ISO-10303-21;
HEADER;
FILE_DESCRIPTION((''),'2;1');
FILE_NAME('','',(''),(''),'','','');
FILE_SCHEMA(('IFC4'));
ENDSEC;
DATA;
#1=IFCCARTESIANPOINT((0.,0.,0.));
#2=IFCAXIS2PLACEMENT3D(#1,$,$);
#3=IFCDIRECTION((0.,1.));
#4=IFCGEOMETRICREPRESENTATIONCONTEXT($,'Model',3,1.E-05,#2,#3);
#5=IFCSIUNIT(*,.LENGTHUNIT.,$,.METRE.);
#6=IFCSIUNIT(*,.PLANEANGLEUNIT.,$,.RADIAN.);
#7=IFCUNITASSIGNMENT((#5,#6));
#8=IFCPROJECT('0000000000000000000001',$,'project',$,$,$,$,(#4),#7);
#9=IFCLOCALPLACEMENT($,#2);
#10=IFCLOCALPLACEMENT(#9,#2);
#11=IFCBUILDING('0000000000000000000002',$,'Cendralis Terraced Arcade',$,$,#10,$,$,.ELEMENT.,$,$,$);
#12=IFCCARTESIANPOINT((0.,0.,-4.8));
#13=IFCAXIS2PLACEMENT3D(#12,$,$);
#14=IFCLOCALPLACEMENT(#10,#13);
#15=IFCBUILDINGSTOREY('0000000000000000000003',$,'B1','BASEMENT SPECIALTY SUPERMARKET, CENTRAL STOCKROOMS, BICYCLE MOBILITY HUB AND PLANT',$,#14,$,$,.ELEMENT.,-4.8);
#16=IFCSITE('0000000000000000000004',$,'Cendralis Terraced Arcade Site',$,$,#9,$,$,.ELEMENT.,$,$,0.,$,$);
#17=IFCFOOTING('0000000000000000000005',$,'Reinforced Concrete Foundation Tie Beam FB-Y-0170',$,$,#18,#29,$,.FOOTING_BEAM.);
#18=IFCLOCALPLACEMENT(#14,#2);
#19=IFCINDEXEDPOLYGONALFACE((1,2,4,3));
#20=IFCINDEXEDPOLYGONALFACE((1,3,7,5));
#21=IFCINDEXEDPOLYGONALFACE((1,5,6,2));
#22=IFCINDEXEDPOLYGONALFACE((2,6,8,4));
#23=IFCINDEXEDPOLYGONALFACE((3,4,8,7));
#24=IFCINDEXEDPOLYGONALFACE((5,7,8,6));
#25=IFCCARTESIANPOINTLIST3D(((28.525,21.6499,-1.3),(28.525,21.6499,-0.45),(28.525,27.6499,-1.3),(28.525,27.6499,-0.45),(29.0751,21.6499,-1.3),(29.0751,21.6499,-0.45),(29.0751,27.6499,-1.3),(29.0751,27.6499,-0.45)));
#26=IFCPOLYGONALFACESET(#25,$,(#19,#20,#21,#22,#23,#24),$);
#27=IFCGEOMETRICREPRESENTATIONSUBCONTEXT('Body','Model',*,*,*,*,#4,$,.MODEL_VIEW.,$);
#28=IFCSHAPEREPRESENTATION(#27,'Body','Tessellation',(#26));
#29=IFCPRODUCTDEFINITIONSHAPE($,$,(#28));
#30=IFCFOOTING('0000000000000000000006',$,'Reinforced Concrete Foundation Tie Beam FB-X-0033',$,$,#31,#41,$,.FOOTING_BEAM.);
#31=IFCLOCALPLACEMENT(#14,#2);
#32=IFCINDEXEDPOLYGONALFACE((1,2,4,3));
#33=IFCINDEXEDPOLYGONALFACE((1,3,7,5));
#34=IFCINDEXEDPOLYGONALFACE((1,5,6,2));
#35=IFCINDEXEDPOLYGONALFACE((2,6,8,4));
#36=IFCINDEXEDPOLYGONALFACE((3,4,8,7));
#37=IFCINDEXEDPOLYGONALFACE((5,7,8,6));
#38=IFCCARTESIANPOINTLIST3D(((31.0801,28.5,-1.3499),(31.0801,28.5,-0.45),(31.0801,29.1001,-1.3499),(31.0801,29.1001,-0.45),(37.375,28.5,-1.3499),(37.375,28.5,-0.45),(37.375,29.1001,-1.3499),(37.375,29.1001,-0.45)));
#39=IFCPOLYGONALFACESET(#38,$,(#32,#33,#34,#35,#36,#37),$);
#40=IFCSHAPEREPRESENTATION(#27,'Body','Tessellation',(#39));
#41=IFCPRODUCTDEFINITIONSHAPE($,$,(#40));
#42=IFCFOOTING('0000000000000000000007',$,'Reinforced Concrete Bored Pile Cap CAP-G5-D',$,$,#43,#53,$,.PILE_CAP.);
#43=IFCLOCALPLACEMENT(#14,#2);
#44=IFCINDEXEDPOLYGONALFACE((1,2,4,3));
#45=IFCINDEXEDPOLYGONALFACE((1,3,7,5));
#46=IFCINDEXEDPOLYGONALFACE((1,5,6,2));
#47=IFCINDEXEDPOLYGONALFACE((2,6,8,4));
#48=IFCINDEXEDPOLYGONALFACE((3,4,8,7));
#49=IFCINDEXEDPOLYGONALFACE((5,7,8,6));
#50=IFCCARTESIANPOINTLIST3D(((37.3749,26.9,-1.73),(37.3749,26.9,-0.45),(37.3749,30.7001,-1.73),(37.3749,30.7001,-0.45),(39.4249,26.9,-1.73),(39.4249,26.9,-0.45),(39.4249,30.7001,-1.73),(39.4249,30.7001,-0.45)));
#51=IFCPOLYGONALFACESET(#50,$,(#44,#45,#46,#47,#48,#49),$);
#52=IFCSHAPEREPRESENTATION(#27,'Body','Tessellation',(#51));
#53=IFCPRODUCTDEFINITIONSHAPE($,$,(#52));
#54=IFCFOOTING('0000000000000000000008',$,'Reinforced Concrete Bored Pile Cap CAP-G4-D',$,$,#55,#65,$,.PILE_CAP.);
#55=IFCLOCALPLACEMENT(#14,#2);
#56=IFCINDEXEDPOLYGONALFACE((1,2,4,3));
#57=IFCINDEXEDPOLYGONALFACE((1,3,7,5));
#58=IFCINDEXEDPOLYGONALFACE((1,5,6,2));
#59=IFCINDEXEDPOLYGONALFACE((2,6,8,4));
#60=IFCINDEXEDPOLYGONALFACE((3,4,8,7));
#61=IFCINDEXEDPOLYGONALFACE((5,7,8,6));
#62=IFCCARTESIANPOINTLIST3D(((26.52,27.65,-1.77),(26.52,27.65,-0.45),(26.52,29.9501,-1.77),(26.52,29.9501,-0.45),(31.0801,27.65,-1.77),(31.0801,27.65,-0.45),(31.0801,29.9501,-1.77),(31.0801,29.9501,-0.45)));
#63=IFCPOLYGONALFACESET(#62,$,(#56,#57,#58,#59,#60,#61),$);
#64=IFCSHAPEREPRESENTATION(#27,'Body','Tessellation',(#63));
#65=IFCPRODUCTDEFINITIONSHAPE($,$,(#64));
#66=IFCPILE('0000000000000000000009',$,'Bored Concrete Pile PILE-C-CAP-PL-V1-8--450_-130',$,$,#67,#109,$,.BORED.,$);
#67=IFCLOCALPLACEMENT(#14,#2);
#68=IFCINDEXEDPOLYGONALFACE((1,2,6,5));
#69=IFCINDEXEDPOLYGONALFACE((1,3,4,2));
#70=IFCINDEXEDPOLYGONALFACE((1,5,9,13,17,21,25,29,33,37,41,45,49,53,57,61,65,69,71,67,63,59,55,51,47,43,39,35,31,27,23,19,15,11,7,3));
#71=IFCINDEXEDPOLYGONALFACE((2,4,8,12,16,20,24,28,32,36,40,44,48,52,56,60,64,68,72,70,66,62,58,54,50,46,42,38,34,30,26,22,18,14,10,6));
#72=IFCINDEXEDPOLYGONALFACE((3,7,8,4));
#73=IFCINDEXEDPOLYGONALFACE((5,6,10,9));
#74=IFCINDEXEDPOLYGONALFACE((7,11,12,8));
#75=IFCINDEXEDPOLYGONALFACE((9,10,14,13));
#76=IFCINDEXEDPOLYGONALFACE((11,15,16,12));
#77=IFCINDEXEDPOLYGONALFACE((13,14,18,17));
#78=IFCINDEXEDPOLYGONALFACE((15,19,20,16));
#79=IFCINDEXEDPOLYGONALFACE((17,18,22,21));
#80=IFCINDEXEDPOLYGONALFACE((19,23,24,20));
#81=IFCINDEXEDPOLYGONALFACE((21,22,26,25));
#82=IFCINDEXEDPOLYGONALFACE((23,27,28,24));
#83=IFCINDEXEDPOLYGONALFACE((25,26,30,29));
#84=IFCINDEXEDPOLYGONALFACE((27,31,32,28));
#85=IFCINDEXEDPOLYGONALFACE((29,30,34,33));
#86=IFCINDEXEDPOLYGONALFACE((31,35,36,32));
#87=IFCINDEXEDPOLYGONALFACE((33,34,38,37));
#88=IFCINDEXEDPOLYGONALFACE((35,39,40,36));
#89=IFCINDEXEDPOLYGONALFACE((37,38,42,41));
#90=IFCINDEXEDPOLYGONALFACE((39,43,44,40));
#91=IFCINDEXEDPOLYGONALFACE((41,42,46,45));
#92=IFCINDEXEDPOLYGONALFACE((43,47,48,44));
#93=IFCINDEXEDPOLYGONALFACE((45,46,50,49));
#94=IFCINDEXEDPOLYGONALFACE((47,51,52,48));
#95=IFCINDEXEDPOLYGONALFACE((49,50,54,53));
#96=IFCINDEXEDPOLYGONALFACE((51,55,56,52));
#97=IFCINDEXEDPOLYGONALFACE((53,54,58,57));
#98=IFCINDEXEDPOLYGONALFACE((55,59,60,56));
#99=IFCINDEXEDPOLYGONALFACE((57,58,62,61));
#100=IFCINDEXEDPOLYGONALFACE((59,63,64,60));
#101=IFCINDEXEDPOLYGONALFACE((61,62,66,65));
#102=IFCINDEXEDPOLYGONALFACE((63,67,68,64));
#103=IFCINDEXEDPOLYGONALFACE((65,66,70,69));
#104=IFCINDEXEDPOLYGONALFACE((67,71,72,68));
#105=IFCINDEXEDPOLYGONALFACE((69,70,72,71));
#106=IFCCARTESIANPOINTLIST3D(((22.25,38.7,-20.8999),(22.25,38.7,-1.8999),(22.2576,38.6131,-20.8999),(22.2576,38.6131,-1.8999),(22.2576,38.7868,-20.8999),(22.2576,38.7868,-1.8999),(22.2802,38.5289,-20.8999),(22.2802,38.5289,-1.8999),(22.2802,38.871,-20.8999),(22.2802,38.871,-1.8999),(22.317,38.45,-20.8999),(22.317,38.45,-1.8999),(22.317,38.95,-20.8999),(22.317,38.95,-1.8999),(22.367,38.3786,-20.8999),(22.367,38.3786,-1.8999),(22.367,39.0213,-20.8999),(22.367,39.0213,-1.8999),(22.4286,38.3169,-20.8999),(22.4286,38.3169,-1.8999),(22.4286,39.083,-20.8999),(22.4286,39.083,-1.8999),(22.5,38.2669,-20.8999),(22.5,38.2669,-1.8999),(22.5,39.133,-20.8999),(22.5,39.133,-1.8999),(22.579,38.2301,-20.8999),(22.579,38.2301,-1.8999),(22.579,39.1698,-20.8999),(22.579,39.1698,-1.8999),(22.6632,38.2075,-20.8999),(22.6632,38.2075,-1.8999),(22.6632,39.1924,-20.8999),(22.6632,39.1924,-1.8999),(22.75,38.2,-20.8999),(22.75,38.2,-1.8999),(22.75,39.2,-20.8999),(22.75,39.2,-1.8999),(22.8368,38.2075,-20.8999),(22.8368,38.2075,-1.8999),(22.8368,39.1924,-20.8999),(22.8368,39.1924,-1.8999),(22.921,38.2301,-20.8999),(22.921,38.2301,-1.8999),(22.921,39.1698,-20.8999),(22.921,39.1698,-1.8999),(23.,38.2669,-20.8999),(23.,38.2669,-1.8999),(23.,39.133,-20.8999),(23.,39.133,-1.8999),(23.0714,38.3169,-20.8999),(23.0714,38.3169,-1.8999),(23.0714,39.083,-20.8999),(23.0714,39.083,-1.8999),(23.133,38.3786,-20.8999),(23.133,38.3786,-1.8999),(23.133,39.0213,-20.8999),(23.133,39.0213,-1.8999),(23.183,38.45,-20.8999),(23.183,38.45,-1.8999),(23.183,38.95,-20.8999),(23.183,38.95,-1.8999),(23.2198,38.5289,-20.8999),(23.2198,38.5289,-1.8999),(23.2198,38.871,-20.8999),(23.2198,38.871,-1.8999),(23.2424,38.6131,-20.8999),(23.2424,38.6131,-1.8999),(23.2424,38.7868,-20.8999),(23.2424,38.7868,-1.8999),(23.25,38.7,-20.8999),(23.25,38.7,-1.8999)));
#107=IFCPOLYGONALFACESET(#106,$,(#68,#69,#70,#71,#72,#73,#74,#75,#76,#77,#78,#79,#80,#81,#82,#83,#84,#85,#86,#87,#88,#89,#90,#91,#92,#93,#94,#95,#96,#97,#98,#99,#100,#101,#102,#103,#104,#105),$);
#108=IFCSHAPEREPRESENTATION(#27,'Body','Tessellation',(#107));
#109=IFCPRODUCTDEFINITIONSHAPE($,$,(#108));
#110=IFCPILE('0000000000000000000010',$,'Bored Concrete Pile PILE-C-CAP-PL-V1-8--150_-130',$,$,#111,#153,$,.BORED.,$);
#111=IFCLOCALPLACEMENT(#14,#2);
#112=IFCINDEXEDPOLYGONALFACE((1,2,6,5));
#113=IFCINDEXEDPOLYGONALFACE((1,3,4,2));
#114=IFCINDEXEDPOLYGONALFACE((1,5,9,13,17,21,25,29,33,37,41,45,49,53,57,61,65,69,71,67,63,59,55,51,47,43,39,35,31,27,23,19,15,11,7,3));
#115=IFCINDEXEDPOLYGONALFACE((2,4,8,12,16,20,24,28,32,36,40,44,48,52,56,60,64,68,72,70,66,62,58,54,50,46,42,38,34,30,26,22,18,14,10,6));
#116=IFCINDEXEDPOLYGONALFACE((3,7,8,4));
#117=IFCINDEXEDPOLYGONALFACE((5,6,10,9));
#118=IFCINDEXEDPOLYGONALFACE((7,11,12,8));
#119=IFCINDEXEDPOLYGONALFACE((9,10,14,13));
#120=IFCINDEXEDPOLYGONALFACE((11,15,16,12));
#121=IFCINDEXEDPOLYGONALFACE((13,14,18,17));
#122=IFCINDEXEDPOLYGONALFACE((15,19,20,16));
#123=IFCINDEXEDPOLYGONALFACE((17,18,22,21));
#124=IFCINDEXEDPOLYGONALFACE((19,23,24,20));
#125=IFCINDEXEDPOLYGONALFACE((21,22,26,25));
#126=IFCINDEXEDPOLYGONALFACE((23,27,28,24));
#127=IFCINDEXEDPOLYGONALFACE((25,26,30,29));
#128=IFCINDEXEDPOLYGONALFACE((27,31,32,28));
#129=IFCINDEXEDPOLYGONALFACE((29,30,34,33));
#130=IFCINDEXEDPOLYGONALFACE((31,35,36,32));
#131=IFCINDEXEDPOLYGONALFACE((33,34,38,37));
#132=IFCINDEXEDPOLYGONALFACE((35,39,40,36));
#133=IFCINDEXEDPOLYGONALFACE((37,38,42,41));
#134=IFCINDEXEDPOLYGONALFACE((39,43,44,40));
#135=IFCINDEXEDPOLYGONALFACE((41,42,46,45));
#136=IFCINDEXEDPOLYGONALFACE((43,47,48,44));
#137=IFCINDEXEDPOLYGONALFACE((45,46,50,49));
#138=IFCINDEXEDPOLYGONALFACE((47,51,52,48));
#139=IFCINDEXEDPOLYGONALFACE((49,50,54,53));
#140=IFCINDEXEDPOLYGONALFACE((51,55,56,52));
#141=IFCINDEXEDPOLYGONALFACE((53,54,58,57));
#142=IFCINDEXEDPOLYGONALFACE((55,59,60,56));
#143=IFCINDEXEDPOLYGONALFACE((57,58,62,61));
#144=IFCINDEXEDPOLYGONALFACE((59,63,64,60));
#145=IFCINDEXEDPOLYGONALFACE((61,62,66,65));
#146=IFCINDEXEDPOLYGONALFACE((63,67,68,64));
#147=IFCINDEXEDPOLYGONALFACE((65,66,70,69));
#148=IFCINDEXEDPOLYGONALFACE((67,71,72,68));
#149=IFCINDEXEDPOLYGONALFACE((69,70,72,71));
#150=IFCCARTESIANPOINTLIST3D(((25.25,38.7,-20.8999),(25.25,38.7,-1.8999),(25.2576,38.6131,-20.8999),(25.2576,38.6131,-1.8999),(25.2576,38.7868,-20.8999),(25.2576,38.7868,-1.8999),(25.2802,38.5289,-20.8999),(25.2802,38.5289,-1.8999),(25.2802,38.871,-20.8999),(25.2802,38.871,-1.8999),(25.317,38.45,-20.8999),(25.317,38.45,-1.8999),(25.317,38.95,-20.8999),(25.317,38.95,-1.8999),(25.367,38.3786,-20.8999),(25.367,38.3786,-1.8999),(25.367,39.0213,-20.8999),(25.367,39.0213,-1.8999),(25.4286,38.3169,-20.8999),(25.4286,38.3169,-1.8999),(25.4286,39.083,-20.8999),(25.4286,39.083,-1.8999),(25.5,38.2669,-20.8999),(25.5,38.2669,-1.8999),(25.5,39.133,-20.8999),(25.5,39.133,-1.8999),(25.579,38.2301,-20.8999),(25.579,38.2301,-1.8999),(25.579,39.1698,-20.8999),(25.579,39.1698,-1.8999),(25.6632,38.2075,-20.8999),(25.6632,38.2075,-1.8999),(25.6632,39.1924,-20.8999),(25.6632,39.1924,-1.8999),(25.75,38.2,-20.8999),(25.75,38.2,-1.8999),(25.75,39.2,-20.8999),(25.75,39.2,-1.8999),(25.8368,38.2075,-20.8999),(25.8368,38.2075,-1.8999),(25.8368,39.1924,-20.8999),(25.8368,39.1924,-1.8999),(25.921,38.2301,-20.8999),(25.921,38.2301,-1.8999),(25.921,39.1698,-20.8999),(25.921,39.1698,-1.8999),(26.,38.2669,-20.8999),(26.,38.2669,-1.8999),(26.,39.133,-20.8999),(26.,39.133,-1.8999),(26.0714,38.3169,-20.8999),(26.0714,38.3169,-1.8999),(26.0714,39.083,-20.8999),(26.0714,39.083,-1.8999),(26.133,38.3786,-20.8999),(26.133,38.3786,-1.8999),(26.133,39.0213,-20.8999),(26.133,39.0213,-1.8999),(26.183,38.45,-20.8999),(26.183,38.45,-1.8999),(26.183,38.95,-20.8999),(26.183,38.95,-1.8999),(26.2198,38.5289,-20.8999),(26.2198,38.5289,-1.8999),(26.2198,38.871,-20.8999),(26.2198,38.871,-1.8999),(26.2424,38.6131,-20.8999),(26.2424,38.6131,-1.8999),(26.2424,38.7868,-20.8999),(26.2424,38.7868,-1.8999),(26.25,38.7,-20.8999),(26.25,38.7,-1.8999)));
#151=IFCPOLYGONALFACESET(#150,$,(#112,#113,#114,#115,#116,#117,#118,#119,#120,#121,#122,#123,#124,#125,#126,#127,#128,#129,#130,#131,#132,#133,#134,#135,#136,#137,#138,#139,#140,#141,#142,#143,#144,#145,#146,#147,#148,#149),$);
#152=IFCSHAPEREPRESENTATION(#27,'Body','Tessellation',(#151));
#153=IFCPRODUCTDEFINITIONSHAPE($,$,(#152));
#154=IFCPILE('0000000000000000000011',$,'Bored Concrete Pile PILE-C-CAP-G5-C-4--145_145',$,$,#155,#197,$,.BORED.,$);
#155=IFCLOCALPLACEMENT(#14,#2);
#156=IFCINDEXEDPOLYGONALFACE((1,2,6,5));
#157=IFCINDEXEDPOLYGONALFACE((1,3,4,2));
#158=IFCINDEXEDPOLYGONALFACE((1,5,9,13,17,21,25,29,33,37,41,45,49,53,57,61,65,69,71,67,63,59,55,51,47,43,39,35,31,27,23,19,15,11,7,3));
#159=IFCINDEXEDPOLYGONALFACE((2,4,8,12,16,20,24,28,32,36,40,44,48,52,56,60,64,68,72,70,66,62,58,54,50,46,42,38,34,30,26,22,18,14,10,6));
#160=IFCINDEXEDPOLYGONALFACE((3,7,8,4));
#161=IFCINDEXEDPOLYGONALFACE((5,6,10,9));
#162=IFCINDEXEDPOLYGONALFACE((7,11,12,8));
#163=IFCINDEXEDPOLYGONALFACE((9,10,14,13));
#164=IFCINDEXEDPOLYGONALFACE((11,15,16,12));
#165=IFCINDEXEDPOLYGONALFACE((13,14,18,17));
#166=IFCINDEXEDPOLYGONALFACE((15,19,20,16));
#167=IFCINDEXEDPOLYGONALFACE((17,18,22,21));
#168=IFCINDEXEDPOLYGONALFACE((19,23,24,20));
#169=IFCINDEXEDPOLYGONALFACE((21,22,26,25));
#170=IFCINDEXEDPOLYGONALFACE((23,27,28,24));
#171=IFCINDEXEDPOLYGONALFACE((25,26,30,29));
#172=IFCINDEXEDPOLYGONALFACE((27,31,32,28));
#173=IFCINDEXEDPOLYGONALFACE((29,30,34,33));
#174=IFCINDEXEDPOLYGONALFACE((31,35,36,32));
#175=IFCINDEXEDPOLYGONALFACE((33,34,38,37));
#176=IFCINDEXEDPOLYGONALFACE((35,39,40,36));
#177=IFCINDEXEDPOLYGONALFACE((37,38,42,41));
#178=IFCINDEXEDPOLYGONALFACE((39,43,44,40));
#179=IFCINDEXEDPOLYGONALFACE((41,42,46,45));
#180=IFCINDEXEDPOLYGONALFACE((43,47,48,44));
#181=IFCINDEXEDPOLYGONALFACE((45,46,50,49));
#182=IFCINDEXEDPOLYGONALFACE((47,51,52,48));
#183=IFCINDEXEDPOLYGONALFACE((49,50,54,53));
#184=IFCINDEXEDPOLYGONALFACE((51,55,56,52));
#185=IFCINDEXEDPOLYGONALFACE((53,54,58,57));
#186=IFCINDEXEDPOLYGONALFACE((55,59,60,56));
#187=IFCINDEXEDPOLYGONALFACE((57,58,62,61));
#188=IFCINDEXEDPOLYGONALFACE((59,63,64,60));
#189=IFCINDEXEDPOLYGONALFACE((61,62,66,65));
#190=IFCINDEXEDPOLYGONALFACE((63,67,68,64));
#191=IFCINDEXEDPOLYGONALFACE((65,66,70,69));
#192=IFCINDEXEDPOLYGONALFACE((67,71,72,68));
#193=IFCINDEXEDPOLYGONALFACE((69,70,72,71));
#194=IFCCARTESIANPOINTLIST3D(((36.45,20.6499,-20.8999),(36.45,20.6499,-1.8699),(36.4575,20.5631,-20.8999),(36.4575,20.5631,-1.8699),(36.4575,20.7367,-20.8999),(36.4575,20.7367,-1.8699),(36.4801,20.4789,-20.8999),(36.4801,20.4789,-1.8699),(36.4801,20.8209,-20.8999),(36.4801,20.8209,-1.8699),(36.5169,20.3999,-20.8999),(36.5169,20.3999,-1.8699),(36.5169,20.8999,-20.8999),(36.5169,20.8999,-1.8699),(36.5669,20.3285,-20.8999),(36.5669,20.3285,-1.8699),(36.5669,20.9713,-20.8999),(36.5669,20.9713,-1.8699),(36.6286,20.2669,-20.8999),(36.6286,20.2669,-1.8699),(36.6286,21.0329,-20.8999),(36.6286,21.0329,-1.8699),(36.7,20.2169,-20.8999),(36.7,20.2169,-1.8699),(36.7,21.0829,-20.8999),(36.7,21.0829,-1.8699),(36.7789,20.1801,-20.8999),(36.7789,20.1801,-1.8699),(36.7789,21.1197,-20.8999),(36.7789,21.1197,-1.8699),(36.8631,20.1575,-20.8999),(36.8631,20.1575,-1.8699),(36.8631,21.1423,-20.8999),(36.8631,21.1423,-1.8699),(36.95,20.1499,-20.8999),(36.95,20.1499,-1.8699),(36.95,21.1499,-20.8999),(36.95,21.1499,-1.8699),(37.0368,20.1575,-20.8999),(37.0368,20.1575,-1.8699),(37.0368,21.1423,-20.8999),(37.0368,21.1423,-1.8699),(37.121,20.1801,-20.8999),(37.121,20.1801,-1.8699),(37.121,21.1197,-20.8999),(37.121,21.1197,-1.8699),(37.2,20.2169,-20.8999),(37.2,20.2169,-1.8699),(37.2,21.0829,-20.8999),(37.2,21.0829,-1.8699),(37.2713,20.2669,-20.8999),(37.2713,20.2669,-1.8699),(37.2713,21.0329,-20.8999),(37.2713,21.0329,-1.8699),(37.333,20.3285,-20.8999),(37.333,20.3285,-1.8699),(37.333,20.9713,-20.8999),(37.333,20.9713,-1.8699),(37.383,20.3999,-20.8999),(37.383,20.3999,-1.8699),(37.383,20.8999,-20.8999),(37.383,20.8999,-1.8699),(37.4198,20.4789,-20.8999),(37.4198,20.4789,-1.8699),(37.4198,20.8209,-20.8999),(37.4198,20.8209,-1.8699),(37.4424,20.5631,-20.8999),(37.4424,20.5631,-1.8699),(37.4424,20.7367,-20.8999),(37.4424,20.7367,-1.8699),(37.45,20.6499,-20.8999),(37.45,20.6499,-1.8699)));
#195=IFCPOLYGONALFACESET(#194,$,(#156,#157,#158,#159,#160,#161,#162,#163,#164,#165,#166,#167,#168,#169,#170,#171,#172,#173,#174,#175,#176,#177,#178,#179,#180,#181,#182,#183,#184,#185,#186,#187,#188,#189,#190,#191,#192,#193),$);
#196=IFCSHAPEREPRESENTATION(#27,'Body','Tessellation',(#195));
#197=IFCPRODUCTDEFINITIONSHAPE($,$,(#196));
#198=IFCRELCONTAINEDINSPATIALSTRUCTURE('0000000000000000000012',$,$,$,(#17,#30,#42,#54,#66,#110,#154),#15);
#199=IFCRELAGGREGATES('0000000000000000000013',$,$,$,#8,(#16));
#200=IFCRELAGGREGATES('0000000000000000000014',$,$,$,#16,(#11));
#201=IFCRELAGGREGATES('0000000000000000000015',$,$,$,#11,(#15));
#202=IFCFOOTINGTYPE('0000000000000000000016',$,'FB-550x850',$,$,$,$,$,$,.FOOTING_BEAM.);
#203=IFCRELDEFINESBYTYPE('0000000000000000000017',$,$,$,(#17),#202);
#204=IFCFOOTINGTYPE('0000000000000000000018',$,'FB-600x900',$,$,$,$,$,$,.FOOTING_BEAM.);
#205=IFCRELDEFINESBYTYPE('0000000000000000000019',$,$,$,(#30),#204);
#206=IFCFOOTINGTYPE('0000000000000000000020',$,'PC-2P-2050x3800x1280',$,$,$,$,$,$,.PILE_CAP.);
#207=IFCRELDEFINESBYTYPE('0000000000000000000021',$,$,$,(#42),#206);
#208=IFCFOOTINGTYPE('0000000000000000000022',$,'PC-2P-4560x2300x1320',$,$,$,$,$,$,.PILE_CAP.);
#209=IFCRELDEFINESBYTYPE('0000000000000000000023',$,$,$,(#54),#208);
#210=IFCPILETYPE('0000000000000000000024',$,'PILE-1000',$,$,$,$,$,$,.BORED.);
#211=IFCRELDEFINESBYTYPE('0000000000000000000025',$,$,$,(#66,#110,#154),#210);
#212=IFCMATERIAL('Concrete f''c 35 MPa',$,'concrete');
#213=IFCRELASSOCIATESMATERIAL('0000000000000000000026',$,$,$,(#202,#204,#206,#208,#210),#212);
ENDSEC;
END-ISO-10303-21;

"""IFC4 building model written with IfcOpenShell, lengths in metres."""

from ifc_helpers import new_model, si_unit, direction, frame, origin, origin_2d, place, context, subcontext, project, spatial, rectangle, circle, extrude, material, material_profile, profile_set, type_object, element, save


model = new_model("IFC4")

# Units and contexts
model_context = context("Model", 3, precision=1e-05, world=origin(), true_north=direction((0.0, 1.0)))
body_context = subcontext(model_context, "Body", "Model", "MODEL_VIEW")
ifc_project = project(units=[si_unit("LENGTHUNIT", "METRE"), si_unit("PLANEANGLEUNIT", "RADIAN")], contexts=[model_context])

# Site, building, storey
site_placement = place(None, origin())
site = spatial("IfcSite", under=ifc_project, at=site_placement, Name="Cendralis Terraced Arcade Site", CompositionType="ELEMENT", RefElevation=0.0)
building_placement = place(site_placement, origin())
building = spatial("IfcBuilding", under=site, at=building_placement, Name="Cendralis Terraced Arcade", CompositionType="ELEMENT")
storey_placement = place(building_placement, frame((0.0, 0.0, -4.8)))
storey = spatial("IfcBuildingStorey", under=building, at=storey_placement, Name="B1", Description="BASEMENT SPECIALTY SUPERMARKET, CENTRAL STOCKROOMS, BICYCLE MOBILITY HUB AND PLANT", CompositionType="ELEMENT", Elevation=-4.8)

# Footings
ifc_material_1 = material(Name="Concrete f'c 35 MPa", Category="concrete")
ifc_material_profile_1 = material_profile(ifc_material_1, rectangle(XDim=0.55, YDim=0.8501, at=origin_2d()), Name="FB-550x850", Category="LoadBearing")
ifc_profile_set_1 = profile_set([ifc_material_profile_1], Name="Concrete f'c 35 MPa")
footing_type_1 = type_object("IfcFootingType", Name="FB-550x850", PredefinedType="FOOTING_BEAM", material=ifc_profile_set_1)
footing_1_placement = place(storey_placement, frame((28.8, 21.6499, -0.875), z_axis=(0.0, 1.0, 0.0), x_axis=(-1.0, 0.0, 0.0)))
element("IfcFooting", 1, at=footing_1_placement, inside=storey, type_object=footing_type_1, Name="Reinforced Concrete Foundation Tie Beam FB-Y-0170", PredefinedType="FOOTING_BEAM", context=body_context, shape_type="SweptSolid", body=[
    extrude(rectangle(XDim=0.55, YDim=0.8501, at=origin_2d()), origin(), (0.0, 0.0, 1.0), 6.0),
])
ifc_material_profile_2 = material_profile(ifc_material_1, rectangle(XDim=0.6001, YDim=0.8999, at=origin_2d()), Name="FB-600x900", Category="LoadBearing")
ifc_profile_set_2 = profile_set([ifc_material_profile_2], Name="Concrete f'c 35 MPa")
footing_type_2 = type_object("IfcFootingType", Name="FB-600x900", PredefinedType="FOOTING_BEAM", material=ifc_profile_set_2)
footing_2_placement = place(storey_placement, frame((31.0801, 28.8, -0.8999), z_axis=(1.0, 0.0, 0.0), x_axis=(0.0, 1.0, 0.0)))
element("IfcFooting", 2, at=footing_2_placement, inside=storey, type_object=footing_type_2, Name="Reinforced Concrete Foundation Tie Beam FB-X-0033", PredefinedType="FOOTING_BEAM", context=body_context, shape_type="SweptSolid", body=[
    extrude(rectangle(XDim=0.6001, YDim=0.8999, at=origin_2d()), origin(), (0.0, 0.0, 1.0), 6.2949),
])
footing_type_3 = type_object("IfcFootingType", Name="PC-2P-2050x3800x1280", PredefinedType="PILE_CAP", material=ifc_material_1)
footing_3_placement = place(storey_placement, frame((38.3999, 28.8, -1.73), z_axis=(0.0, 0.0, 1.0), x_axis=(1.0, 0.0, 0.0)))
element("IfcFooting", 3, at=footing_3_placement, inside=storey, type_object=footing_type_3, Name="Reinforced Concrete Bored Pile Cap CAP-G5-D", PredefinedType="PILE_CAP", context=body_context, shape_type="SweptSolid", body=[
    extrude(rectangle(XDim=2.05, YDim=3.8, at=origin_2d()), origin(), (0.0, 0.0, 1.0), 1.28),
])
footing_type_4 = type_object("IfcFootingType", Name="PC-2P-4560x2300x1320", PredefinedType="PILE_CAP", material=ifc_material_1)
footing_4_placement = place(storey_placement, frame((28.8, 28.8, -1.77), z_axis=(0.0, 0.0, 1.0), x_axis=(1.0, 0.0, 0.0)))
element("IfcFooting", 4, at=footing_4_placement, inside=storey, type_object=footing_type_4, Name="Reinforced Concrete Bored Pile Cap CAP-G4-D", PredefinedType="PILE_CAP", context=body_context, shape_type="SweptSolid", body=[
    extrude(rectangle(XDim=4.5601, YDim=2.3, at=origin_2d()), origin(), (0.0, 0.0, 1.0), 1.3201),
])

# Piles
ifc_material_profile_3 = material_profile(ifc_material_1, circle(Radius=0.5, at=origin_2d()), Name="PILE-D1000", Category="LoadBearing")
ifc_profile_set_3 = profile_set([ifc_material_profile_3], Name="Concrete f'c 35 MPa")
pile_type_1 = type_object("IfcPileType", Name="PILE-1000", PredefinedType="BORED", material=ifc_profile_set_3)
for number, where, z_axis, x_axis, name in (
    (5, (22.75, 38.7, -1.8999), (0.0, 0.0, -1.0), (1.0, 0.0, 0.0), "Bored Concrete Pile PILE-C-CAP-PL-V1-8--450_-130"),
    (6, (25.75, 38.7, -1.8999), (0.0, 0.0, -1.0), (1.0, 0.0, 0.0), "Bored Concrete Pile PILE-C-CAP-PL-V1-8--150_-130"),
):
    element("IfcPile", number, at=place(storey_placement, frame(where, z_axis=z_axis, x_axis=x_axis)), inside=storey, type_object=pile_type_1, Name=name, PredefinedType="BORED", context=body_context, shape_type="SweptSolid", body=[
        extrude(circle(Radius=0.5, at=origin_2d()), origin(), (0.0, 0.0, 1.0), 19.0),
    ])
pile_placement = place(storey_placement, frame((36.95, 20.6499, -1.8699), z_axis=(0.0, 0.0, -1.0), x_axis=(1.0, 0.0, 0.0)))
element("IfcPile", 7, at=pile_placement, inside=storey, type_object=pile_type_1, Name="Bored Concrete Pile PILE-C-CAP-G5-C-4--145_145", PredefinedType="BORED", context=body_context, shape_type="SweptSolid", body=[
    extrude(circle(Radius=0.5, at=origin_2d()), origin(), (0.0, 0.0, 1.0), 19.03),
])

save(model, "model.ifc")
